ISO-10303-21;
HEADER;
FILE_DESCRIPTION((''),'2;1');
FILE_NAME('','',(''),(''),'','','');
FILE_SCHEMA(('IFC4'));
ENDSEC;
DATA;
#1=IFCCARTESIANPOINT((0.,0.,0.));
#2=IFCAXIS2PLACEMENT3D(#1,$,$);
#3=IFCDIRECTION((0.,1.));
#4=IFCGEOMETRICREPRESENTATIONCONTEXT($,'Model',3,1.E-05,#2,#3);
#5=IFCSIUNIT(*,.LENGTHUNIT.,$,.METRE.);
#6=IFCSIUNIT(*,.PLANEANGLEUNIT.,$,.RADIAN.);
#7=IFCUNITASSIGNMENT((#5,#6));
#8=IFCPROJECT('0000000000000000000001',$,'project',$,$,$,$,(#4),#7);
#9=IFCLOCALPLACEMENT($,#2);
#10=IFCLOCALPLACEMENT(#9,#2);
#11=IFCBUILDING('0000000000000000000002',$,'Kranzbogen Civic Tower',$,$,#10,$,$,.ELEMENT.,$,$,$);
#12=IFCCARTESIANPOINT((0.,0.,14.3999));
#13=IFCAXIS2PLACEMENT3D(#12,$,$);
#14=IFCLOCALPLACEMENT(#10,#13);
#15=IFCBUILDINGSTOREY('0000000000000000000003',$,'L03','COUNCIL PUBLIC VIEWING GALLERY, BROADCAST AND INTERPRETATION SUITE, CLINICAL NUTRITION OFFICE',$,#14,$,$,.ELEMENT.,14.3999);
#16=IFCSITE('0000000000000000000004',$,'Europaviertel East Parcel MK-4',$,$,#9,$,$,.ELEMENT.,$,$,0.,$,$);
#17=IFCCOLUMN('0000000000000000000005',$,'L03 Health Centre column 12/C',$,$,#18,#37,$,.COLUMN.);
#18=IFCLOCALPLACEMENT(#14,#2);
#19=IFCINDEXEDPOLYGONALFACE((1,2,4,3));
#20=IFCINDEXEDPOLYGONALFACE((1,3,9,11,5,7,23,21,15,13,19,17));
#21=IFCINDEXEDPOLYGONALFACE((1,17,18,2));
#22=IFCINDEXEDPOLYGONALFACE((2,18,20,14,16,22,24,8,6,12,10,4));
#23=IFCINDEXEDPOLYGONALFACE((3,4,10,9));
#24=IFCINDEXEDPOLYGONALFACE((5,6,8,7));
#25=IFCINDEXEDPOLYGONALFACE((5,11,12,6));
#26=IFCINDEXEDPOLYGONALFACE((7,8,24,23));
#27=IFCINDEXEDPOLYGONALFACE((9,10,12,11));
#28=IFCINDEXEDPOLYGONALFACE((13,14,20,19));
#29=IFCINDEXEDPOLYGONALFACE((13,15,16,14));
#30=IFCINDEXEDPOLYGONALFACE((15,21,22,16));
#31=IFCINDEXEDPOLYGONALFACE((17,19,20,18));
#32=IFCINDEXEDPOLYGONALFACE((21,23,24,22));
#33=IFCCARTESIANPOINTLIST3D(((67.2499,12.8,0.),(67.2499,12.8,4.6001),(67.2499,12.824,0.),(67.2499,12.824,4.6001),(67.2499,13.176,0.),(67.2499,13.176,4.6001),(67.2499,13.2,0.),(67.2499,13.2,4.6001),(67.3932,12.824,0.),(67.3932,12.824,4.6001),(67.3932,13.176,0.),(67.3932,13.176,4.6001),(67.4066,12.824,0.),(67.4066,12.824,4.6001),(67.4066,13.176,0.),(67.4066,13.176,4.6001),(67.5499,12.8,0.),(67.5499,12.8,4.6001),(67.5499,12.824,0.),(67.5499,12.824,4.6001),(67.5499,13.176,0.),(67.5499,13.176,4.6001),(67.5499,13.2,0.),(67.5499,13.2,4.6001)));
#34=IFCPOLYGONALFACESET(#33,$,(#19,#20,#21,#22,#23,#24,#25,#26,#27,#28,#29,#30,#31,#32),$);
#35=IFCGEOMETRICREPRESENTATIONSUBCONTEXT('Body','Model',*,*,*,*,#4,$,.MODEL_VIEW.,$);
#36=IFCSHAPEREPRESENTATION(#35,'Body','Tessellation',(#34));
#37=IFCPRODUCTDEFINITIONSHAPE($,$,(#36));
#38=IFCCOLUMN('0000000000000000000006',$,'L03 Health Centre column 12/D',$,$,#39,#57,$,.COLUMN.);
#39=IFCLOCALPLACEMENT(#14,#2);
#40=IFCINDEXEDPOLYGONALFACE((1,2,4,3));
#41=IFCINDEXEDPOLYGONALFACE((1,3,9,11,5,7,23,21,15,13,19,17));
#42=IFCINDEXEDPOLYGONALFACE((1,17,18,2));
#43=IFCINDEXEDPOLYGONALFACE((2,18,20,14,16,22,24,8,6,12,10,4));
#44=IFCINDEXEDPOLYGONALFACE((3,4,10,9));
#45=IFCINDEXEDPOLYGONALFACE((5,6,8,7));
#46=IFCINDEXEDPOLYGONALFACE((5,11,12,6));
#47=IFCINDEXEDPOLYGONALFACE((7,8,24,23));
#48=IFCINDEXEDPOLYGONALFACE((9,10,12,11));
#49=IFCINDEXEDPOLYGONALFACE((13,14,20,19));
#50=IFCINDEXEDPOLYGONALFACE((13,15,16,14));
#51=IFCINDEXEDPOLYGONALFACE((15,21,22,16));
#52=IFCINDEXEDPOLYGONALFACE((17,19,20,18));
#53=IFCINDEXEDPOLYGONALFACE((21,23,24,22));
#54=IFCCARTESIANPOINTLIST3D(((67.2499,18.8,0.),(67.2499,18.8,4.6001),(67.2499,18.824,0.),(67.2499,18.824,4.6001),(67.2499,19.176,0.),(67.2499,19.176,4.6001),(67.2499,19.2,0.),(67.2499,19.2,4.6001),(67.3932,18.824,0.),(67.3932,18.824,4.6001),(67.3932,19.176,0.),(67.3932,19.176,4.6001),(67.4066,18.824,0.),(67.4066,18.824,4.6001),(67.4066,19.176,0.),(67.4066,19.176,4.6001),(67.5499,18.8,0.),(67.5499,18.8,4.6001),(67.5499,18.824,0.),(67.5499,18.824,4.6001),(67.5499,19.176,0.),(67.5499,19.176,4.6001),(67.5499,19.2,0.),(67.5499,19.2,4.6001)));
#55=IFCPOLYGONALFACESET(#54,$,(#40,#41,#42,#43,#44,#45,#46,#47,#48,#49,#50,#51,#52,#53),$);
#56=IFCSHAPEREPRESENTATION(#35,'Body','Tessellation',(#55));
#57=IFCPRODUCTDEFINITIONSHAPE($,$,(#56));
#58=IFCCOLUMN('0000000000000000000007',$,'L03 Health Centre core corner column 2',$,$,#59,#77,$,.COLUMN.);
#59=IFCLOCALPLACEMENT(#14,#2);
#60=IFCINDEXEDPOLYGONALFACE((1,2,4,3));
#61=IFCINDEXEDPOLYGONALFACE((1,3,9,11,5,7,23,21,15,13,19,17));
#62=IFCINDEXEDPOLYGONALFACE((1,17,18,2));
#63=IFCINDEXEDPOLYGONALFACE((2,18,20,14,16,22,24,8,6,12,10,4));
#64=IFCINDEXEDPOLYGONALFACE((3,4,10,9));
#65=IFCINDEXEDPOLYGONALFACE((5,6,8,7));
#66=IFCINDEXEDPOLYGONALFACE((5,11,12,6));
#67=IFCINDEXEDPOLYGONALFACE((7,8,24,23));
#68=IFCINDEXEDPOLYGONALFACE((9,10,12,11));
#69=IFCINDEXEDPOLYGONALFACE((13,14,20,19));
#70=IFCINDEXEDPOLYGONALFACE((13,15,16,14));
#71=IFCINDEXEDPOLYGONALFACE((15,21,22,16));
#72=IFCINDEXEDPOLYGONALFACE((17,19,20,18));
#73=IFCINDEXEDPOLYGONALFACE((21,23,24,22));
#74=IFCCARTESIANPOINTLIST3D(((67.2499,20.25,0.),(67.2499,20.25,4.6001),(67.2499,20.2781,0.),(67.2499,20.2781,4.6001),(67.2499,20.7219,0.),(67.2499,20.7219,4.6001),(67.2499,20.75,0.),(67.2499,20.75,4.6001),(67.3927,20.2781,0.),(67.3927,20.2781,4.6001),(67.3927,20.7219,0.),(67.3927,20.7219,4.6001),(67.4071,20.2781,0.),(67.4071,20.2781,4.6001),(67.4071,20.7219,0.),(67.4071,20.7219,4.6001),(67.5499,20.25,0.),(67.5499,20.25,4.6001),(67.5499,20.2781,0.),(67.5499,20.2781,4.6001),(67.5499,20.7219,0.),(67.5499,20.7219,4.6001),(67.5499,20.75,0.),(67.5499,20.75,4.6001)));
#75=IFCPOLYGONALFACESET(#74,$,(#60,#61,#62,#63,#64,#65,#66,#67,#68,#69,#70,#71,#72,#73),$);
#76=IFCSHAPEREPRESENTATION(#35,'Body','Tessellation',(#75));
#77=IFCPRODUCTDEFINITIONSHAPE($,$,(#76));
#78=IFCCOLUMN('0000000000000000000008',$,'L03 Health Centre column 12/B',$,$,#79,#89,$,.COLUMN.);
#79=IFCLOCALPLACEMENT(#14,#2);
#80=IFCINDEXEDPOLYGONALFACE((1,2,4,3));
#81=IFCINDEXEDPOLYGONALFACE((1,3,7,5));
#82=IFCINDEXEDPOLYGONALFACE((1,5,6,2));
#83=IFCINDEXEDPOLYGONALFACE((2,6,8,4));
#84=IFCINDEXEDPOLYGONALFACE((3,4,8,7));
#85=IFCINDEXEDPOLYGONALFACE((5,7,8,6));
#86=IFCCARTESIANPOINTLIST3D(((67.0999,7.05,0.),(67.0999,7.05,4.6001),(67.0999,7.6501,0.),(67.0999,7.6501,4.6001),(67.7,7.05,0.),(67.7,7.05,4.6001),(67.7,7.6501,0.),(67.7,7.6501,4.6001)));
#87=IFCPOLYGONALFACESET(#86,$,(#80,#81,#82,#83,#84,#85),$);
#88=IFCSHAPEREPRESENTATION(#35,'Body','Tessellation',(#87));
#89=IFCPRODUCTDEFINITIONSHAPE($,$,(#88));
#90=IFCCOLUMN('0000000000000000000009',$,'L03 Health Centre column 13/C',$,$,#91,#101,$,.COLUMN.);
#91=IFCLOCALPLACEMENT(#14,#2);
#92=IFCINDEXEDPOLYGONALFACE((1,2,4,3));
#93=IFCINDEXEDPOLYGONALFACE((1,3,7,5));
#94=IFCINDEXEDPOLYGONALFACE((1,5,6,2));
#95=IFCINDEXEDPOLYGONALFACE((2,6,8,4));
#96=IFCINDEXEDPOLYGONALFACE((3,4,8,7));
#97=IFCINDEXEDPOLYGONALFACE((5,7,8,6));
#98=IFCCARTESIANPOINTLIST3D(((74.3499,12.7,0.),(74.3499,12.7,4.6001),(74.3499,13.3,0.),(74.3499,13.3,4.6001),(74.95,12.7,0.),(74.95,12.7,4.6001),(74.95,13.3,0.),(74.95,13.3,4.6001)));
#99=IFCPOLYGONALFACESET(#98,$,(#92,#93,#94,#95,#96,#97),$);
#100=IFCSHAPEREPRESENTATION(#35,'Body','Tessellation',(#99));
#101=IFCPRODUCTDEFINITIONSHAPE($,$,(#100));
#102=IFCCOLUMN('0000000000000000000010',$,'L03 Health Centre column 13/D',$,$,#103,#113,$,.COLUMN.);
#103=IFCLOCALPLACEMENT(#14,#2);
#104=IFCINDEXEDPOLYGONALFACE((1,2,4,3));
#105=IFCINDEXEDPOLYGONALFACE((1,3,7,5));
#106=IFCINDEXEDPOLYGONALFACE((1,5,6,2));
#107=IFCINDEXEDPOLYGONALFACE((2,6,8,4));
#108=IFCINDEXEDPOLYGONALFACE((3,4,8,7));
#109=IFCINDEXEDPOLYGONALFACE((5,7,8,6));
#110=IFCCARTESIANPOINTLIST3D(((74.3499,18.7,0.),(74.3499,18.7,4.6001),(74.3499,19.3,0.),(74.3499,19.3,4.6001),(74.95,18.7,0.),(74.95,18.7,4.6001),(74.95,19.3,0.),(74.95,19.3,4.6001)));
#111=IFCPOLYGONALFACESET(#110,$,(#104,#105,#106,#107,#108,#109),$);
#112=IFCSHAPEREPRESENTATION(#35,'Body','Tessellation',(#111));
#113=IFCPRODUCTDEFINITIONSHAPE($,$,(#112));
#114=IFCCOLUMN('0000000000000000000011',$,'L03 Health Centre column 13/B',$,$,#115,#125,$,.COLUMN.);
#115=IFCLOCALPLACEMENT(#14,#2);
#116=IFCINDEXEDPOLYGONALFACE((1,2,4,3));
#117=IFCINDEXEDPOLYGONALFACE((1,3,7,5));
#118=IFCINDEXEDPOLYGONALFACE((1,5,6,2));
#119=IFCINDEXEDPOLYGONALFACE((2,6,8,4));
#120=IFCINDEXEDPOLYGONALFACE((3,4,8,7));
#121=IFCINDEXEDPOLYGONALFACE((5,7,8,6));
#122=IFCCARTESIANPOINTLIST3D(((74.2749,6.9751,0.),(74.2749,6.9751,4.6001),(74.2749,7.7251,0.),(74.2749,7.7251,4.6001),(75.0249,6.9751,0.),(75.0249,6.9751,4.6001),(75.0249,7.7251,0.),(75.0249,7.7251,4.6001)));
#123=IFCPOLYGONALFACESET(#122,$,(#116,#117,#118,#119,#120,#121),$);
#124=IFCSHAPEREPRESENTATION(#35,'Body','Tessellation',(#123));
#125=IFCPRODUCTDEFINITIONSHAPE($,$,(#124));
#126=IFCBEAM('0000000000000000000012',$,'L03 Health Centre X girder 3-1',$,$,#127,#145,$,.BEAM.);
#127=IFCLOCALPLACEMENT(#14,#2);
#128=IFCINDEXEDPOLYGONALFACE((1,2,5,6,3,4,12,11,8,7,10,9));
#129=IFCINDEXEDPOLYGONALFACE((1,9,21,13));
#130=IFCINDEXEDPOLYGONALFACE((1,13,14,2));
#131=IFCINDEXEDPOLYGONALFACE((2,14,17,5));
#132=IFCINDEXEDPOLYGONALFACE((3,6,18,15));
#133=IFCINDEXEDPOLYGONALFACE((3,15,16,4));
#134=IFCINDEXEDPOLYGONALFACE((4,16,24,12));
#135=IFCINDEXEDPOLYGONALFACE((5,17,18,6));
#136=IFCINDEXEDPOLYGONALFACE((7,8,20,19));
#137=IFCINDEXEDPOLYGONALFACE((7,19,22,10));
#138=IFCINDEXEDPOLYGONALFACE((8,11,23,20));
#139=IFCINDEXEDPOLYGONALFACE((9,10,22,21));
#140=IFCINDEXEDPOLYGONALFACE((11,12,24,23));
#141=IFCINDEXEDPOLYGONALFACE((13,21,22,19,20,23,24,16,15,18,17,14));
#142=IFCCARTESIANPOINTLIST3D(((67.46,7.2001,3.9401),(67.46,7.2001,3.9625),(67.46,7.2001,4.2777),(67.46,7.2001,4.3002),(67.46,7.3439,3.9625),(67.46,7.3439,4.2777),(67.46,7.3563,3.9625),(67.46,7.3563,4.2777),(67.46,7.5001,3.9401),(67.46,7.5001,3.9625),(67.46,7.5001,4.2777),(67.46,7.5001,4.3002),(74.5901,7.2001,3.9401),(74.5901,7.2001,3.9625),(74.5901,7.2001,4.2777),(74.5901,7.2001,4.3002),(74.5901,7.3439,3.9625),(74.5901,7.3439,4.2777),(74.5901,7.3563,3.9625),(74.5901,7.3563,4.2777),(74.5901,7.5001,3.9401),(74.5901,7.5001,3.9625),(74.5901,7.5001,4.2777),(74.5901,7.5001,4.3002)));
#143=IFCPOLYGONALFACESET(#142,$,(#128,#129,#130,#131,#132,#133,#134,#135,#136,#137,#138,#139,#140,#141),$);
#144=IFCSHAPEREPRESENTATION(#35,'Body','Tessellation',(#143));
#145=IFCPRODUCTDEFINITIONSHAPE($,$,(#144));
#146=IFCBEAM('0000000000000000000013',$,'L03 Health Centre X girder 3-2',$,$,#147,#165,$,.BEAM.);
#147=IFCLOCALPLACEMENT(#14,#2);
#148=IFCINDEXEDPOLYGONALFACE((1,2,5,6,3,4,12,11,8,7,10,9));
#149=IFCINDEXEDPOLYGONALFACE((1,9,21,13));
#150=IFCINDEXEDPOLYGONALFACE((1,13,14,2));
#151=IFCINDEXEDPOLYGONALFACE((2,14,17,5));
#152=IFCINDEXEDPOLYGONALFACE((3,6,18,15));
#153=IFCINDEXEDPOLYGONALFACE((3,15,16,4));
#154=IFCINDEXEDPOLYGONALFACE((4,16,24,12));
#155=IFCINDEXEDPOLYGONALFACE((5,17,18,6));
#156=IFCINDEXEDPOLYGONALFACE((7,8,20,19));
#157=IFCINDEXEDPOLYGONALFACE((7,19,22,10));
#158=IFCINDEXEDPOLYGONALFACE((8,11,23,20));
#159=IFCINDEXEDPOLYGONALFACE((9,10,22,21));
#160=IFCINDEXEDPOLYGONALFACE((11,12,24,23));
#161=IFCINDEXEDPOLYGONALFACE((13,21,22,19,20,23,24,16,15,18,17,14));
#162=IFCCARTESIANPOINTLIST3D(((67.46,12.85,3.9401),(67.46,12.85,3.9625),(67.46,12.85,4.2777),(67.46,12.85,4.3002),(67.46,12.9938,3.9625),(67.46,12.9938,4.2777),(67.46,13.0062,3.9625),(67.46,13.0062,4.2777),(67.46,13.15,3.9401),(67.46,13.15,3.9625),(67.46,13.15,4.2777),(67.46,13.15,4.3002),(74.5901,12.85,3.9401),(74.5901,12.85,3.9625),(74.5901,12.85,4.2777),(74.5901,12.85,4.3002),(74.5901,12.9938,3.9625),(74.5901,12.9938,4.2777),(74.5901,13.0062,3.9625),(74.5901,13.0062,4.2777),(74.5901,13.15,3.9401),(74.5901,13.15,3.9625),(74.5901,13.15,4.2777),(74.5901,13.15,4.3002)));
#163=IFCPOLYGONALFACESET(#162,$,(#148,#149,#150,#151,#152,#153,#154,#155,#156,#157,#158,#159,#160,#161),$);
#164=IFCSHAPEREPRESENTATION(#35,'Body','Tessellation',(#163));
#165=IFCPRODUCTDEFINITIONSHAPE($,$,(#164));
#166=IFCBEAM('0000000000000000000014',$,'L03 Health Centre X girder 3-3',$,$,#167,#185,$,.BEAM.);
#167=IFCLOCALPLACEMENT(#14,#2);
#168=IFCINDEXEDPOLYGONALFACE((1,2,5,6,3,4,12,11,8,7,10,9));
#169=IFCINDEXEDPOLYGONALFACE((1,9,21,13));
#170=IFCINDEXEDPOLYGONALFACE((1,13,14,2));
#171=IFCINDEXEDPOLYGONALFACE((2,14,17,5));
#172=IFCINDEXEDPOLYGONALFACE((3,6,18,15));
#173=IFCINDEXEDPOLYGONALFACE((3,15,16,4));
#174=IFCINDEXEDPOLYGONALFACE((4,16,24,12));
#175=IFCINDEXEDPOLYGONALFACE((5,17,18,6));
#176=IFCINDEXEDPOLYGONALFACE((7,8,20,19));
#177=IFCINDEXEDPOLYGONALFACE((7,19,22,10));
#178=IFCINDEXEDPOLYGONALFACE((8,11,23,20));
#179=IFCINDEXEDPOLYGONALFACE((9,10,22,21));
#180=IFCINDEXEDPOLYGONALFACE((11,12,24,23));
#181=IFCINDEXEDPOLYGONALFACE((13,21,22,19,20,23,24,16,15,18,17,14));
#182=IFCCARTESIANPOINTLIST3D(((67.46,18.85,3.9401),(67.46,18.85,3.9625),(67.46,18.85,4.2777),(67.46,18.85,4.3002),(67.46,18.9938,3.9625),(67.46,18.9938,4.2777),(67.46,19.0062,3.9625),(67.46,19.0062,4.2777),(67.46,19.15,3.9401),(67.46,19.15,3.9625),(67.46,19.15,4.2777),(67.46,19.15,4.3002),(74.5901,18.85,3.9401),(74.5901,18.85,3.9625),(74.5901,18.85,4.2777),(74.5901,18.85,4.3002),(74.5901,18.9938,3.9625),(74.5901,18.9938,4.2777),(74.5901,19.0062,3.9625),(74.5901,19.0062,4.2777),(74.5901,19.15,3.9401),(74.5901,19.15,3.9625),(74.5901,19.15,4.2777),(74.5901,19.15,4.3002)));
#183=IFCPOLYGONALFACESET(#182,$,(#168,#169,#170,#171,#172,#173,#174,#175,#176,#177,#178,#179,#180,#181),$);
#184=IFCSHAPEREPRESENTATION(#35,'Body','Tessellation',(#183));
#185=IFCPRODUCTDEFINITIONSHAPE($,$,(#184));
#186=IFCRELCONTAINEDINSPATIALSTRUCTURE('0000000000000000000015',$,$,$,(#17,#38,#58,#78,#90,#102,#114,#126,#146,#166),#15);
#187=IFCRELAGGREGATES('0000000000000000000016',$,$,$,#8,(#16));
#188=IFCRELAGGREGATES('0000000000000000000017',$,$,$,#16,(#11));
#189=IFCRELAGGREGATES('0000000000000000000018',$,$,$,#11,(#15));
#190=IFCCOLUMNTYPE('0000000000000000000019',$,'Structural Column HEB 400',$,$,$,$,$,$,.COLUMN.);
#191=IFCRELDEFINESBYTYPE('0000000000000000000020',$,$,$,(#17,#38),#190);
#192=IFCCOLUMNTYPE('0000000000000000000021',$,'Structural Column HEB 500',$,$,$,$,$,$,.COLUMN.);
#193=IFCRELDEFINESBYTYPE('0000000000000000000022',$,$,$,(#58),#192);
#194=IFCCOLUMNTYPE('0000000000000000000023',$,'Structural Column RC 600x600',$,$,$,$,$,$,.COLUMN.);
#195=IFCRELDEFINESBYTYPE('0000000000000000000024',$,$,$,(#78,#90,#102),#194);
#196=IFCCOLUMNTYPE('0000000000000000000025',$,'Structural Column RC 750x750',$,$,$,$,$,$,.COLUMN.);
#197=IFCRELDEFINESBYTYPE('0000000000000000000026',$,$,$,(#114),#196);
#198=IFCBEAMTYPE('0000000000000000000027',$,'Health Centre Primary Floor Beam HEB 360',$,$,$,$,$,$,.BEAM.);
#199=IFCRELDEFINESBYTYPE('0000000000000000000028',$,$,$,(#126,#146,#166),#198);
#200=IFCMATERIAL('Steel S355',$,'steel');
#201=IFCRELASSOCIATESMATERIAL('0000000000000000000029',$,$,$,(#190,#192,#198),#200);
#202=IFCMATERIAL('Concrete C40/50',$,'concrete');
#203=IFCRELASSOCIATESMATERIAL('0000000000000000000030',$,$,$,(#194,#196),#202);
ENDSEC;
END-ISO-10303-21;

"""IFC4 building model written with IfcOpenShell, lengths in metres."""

from ifc_helpers import new_model, si_unit, direction, frame, origin, origin_2d, place, context, subcontext, project, spatial, rectangle, i_section, extrude, material, material_profile, profile_set, type_object, element, save


model = new_model("IFC4")

# Units and contexts
model_context = context("Model", 3, precision=1e-05, world=origin(), true_north=direction((0.0, 1.0)))
body_context = subcontext(model_context, "Body", "Model", "MODEL_VIEW")
ifc_project = project(units=[si_unit("LENGTHUNIT", "METRE"), si_unit("PLANEANGLEUNIT", "RADIAN")], contexts=[model_context])

# Site, building, storey
site_placement = place(None, origin())
site = spatial("IfcSite", under=ifc_project, at=site_placement, Name="Europaviertel East Parcel MK-4", CompositionType="ELEMENT", RefElevation=0.0)
building_placement = place(site_placement, origin())
building = spatial("IfcBuilding", under=site, at=building_placement, Name="Kranzbogen Civic Tower", CompositionType="ELEMENT")
storey_placement = place(building_placement, frame((0.0, 0.0, 14.3999)))
storey = spatial("IfcBuildingStorey", under=building, at=storey_placement, Name="L03", Description="COUNCIL PUBLIC VIEWING GALLERY, BROADCAST AND INTERPRETATION SUITE, CLINICAL NUTRITION OFFICE", CompositionType="ELEMENT", Elevation=14.3999)

# Columns
ifc_material_1 = material(Name="Steel S355", Category="steel")
ifc_material_profile_1 = material_profile(ifc_material_1, i_section(OverallWidth=0.3, OverallDepth=0.3999, WebThickness=0.0134, FlangeThickness=0.0239, at=origin_2d()), Name="HEB 400")
ifc_profile_set_1 = profile_set([ifc_material_profile_1], Name="Steel S355")
column_type_1 = type_object("IfcColumnType", Name="Structural Column HEB 400", PredefinedType="COLUMN", material=ifc_profile_set_1)
for number, where, z_axis, x_axis, name in (
    (1, (67.3999, 13.0, 0.0), (0.0, 0.0, 1.0), (1.0, 0.0, 0.0), "L03 Health Centre column 12/C"),
    (2, (67.3999, 19.0, 0.0), (0.0, 0.0, 1.0), (1.0, 0.0, 0.0), "L03 Health Centre column 12/D"),
):
    element("IfcColumn", number, at=place(storey_placement, frame(where, z_axis=z_axis, x_axis=x_axis)), inside=storey, type_object=column_type_1, Name=name, PredefinedType="COLUMN", context=body_context, shape_type="SweptSolid", body=[
        extrude(i_section(OverallWidth=0.3, OverallDepth=0.3999, WebThickness=0.0134, FlangeThickness=0.0239, at=origin_2d()), origin(), (0.0, 0.0, 1.0), 4.6001),
    ])
ifc_material_profile_2 = material_profile(ifc_material_1, i_section(OverallWidth=0.3, OverallDepth=0.5, WebThickness=0.0144, FlangeThickness=0.0281, at=origin_2d()), Name="HEB 500")
ifc_profile_set_2 = profile_set([ifc_material_profile_2], Name="Steel S355")
column_type_2 = type_object("IfcColumnType", Name="Structural Column HEB 500", PredefinedType="COLUMN", material=ifc_profile_set_2)
column_1_placement = place(storey_placement, frame((67.3999, 20.5, 0.0), z_axis=(0.0, 0.0, 1.0), x_axis=(1.0, 0.0, 0.0)))
element("IfcColumn", 3, at=column_1_placement, inside=storey, type_object=column_type_2, Name="L03 Health Centre core corner column 2", PredefinedType="COLUMN", context=body_context, shape_type="SweptSolid", body=[
    extrude(i_section(OverallWidth=0.3, OverallDepth=0.5, WebThickness=0.0144, FlangeThickness=0.0281, at=origin_2d()), origin(), (0.0, 0.0, 1.0), 4.6001),
])
ifc_material_2 = material(Name="Concrete C40/50", Category="concrete")
ifc_material_profile_3 = material_profile(ifc_material_2, rectangle(XDim=0.6001, YDim=0.6001, at=origin_2d()), Name="RC 600x600")
ifc_profile_set_3 = profile_set([ifc_material_profile_3], Name="Concrete C40/50")
column_type_3 = type_object("IfcColumnType", Name="Structural Column RC 600x600", PredefinedType="COLUMN", material=ifc_profile_set_3)
for number, where, z_axis, x_axis, name in (
    (4, (67.3999, 7.3501, 0.0), (0.0, 0.0, 1.0), (1.0, 0.0, 0.0), "L03 Health Centre column 12/B"),
    (5, (74.6499, 13.0, 0.0), (0.0, 0.0, 1.0), (1.0, 0.0, 0.0), "L03 Health Centre column 13/C"),
    (6, (74.6499, 19.0, 0.0), (0.0, 0.0, 1.0), (1.0, 0.0, 0.0), "L03 Health Centre column 13/D"),
):
    element("IfcColumn", number, at=place(storey_placement, frame(where, z_axis=z_axis, x_axis=x_axis)), inside=storey, type_object=column_type_3, Name=name, PredefinedType="COLUMN", context=body_context, shape_type="SweptSolid", body=[
        extrude(rectangle(XDim=0.6001, YDim=0.6001, at=origin_2d()), origin(), (0.0, 0.0, 1.0), 4.6001),
    ])
ifc_material_profile_4 = material_profile(ifc_material_2, rectangle(XDim=0.75, YDim=0.75, at=origin_2d()), Name="RC 750x750")
ifc_profile_set_4 = profile_set([ifc_material_profile_4], Name="Concrete C40/50")
column_type_4 = type_object("IfcColumnType", Name="Structural Column RC 750x750", PredefinedType="COLUMN", material=ifc_profile_set_4)
column_2_placement = place(storey_placement, frame((74.6499, 7.3501, 0.0), z_axis=(0.0, 0.0, 1.0), x_axis=(1.0, 0.0, 0.0)))
element("IfcColumn", 7, at=column_2_placement, inside=storey, type_object=column_type_4, Name="L03 Health Centre column 13/B", PredefinedType="COLUMN", context=body_context, shape_type="SweptSolid", body=[
    extrude(rectangle(XDim=0.75, YDim=0.75, at=origin_2d()), origin(), (0.0, 0.0, 1.0), 4.6001),
])

# Beams
ifc_material_profile_5 = material_profile(ifc_material_1, i_section(OverallWidth=0.3, OverallDepth=0.3601, WebThickness=0.0125, FlangeThickness=0.0225, at=origin_2d()), Name="HEB 360")
ifc_profile_set_5 = profile_set([ifc_material_profile_5], Name="Steel S355")
beam_type_1 = type_object("IfcBeamType", Name="Health Centre Primary Floor Beam HEB 360", PredefinedType="BEAM", material=ifc_profile_set_5)
for number, where, z_axis, x_axis, name in (
    (8, (67.46, 7.3501, 4.1201), (1.0, 0.0, 0.0), (0.0, 1.0, 0.0), "L03 Health Centre X girder 3-1"),
    (9, (67.46, 13.0, 4.1201), (1.0, 0.0, 0.0), (0.0, 1.0, 0.0), "L03 Health Centre X girder 3-2"),
    (10, (67.46, 19.0, 4.1201), (1.0, 0.0, 0.0), (0.0, 1.0, 0.0), "L03 Health Centre X girder 3-3"),
):
    element("IfcBeam", number, at=place(storey_placement, frame(where, z_axis=z_axis, x_axis=x_axis)), inside=storey, type_object=beam_type_1, Name=name, PredefinedType="BEAM", context=body_context, shape_type="SweptSolid", body=[
        extrude(i_section(OverallWidth=0.3, OverallDepth=0.3601, WebThickness=0.0125, FlangeThickness=0.0225, at=origin_2d()), origin(), (0.0, 0.0, 1.0), 7.1301),
    ])

save(model, "model.ifc")
